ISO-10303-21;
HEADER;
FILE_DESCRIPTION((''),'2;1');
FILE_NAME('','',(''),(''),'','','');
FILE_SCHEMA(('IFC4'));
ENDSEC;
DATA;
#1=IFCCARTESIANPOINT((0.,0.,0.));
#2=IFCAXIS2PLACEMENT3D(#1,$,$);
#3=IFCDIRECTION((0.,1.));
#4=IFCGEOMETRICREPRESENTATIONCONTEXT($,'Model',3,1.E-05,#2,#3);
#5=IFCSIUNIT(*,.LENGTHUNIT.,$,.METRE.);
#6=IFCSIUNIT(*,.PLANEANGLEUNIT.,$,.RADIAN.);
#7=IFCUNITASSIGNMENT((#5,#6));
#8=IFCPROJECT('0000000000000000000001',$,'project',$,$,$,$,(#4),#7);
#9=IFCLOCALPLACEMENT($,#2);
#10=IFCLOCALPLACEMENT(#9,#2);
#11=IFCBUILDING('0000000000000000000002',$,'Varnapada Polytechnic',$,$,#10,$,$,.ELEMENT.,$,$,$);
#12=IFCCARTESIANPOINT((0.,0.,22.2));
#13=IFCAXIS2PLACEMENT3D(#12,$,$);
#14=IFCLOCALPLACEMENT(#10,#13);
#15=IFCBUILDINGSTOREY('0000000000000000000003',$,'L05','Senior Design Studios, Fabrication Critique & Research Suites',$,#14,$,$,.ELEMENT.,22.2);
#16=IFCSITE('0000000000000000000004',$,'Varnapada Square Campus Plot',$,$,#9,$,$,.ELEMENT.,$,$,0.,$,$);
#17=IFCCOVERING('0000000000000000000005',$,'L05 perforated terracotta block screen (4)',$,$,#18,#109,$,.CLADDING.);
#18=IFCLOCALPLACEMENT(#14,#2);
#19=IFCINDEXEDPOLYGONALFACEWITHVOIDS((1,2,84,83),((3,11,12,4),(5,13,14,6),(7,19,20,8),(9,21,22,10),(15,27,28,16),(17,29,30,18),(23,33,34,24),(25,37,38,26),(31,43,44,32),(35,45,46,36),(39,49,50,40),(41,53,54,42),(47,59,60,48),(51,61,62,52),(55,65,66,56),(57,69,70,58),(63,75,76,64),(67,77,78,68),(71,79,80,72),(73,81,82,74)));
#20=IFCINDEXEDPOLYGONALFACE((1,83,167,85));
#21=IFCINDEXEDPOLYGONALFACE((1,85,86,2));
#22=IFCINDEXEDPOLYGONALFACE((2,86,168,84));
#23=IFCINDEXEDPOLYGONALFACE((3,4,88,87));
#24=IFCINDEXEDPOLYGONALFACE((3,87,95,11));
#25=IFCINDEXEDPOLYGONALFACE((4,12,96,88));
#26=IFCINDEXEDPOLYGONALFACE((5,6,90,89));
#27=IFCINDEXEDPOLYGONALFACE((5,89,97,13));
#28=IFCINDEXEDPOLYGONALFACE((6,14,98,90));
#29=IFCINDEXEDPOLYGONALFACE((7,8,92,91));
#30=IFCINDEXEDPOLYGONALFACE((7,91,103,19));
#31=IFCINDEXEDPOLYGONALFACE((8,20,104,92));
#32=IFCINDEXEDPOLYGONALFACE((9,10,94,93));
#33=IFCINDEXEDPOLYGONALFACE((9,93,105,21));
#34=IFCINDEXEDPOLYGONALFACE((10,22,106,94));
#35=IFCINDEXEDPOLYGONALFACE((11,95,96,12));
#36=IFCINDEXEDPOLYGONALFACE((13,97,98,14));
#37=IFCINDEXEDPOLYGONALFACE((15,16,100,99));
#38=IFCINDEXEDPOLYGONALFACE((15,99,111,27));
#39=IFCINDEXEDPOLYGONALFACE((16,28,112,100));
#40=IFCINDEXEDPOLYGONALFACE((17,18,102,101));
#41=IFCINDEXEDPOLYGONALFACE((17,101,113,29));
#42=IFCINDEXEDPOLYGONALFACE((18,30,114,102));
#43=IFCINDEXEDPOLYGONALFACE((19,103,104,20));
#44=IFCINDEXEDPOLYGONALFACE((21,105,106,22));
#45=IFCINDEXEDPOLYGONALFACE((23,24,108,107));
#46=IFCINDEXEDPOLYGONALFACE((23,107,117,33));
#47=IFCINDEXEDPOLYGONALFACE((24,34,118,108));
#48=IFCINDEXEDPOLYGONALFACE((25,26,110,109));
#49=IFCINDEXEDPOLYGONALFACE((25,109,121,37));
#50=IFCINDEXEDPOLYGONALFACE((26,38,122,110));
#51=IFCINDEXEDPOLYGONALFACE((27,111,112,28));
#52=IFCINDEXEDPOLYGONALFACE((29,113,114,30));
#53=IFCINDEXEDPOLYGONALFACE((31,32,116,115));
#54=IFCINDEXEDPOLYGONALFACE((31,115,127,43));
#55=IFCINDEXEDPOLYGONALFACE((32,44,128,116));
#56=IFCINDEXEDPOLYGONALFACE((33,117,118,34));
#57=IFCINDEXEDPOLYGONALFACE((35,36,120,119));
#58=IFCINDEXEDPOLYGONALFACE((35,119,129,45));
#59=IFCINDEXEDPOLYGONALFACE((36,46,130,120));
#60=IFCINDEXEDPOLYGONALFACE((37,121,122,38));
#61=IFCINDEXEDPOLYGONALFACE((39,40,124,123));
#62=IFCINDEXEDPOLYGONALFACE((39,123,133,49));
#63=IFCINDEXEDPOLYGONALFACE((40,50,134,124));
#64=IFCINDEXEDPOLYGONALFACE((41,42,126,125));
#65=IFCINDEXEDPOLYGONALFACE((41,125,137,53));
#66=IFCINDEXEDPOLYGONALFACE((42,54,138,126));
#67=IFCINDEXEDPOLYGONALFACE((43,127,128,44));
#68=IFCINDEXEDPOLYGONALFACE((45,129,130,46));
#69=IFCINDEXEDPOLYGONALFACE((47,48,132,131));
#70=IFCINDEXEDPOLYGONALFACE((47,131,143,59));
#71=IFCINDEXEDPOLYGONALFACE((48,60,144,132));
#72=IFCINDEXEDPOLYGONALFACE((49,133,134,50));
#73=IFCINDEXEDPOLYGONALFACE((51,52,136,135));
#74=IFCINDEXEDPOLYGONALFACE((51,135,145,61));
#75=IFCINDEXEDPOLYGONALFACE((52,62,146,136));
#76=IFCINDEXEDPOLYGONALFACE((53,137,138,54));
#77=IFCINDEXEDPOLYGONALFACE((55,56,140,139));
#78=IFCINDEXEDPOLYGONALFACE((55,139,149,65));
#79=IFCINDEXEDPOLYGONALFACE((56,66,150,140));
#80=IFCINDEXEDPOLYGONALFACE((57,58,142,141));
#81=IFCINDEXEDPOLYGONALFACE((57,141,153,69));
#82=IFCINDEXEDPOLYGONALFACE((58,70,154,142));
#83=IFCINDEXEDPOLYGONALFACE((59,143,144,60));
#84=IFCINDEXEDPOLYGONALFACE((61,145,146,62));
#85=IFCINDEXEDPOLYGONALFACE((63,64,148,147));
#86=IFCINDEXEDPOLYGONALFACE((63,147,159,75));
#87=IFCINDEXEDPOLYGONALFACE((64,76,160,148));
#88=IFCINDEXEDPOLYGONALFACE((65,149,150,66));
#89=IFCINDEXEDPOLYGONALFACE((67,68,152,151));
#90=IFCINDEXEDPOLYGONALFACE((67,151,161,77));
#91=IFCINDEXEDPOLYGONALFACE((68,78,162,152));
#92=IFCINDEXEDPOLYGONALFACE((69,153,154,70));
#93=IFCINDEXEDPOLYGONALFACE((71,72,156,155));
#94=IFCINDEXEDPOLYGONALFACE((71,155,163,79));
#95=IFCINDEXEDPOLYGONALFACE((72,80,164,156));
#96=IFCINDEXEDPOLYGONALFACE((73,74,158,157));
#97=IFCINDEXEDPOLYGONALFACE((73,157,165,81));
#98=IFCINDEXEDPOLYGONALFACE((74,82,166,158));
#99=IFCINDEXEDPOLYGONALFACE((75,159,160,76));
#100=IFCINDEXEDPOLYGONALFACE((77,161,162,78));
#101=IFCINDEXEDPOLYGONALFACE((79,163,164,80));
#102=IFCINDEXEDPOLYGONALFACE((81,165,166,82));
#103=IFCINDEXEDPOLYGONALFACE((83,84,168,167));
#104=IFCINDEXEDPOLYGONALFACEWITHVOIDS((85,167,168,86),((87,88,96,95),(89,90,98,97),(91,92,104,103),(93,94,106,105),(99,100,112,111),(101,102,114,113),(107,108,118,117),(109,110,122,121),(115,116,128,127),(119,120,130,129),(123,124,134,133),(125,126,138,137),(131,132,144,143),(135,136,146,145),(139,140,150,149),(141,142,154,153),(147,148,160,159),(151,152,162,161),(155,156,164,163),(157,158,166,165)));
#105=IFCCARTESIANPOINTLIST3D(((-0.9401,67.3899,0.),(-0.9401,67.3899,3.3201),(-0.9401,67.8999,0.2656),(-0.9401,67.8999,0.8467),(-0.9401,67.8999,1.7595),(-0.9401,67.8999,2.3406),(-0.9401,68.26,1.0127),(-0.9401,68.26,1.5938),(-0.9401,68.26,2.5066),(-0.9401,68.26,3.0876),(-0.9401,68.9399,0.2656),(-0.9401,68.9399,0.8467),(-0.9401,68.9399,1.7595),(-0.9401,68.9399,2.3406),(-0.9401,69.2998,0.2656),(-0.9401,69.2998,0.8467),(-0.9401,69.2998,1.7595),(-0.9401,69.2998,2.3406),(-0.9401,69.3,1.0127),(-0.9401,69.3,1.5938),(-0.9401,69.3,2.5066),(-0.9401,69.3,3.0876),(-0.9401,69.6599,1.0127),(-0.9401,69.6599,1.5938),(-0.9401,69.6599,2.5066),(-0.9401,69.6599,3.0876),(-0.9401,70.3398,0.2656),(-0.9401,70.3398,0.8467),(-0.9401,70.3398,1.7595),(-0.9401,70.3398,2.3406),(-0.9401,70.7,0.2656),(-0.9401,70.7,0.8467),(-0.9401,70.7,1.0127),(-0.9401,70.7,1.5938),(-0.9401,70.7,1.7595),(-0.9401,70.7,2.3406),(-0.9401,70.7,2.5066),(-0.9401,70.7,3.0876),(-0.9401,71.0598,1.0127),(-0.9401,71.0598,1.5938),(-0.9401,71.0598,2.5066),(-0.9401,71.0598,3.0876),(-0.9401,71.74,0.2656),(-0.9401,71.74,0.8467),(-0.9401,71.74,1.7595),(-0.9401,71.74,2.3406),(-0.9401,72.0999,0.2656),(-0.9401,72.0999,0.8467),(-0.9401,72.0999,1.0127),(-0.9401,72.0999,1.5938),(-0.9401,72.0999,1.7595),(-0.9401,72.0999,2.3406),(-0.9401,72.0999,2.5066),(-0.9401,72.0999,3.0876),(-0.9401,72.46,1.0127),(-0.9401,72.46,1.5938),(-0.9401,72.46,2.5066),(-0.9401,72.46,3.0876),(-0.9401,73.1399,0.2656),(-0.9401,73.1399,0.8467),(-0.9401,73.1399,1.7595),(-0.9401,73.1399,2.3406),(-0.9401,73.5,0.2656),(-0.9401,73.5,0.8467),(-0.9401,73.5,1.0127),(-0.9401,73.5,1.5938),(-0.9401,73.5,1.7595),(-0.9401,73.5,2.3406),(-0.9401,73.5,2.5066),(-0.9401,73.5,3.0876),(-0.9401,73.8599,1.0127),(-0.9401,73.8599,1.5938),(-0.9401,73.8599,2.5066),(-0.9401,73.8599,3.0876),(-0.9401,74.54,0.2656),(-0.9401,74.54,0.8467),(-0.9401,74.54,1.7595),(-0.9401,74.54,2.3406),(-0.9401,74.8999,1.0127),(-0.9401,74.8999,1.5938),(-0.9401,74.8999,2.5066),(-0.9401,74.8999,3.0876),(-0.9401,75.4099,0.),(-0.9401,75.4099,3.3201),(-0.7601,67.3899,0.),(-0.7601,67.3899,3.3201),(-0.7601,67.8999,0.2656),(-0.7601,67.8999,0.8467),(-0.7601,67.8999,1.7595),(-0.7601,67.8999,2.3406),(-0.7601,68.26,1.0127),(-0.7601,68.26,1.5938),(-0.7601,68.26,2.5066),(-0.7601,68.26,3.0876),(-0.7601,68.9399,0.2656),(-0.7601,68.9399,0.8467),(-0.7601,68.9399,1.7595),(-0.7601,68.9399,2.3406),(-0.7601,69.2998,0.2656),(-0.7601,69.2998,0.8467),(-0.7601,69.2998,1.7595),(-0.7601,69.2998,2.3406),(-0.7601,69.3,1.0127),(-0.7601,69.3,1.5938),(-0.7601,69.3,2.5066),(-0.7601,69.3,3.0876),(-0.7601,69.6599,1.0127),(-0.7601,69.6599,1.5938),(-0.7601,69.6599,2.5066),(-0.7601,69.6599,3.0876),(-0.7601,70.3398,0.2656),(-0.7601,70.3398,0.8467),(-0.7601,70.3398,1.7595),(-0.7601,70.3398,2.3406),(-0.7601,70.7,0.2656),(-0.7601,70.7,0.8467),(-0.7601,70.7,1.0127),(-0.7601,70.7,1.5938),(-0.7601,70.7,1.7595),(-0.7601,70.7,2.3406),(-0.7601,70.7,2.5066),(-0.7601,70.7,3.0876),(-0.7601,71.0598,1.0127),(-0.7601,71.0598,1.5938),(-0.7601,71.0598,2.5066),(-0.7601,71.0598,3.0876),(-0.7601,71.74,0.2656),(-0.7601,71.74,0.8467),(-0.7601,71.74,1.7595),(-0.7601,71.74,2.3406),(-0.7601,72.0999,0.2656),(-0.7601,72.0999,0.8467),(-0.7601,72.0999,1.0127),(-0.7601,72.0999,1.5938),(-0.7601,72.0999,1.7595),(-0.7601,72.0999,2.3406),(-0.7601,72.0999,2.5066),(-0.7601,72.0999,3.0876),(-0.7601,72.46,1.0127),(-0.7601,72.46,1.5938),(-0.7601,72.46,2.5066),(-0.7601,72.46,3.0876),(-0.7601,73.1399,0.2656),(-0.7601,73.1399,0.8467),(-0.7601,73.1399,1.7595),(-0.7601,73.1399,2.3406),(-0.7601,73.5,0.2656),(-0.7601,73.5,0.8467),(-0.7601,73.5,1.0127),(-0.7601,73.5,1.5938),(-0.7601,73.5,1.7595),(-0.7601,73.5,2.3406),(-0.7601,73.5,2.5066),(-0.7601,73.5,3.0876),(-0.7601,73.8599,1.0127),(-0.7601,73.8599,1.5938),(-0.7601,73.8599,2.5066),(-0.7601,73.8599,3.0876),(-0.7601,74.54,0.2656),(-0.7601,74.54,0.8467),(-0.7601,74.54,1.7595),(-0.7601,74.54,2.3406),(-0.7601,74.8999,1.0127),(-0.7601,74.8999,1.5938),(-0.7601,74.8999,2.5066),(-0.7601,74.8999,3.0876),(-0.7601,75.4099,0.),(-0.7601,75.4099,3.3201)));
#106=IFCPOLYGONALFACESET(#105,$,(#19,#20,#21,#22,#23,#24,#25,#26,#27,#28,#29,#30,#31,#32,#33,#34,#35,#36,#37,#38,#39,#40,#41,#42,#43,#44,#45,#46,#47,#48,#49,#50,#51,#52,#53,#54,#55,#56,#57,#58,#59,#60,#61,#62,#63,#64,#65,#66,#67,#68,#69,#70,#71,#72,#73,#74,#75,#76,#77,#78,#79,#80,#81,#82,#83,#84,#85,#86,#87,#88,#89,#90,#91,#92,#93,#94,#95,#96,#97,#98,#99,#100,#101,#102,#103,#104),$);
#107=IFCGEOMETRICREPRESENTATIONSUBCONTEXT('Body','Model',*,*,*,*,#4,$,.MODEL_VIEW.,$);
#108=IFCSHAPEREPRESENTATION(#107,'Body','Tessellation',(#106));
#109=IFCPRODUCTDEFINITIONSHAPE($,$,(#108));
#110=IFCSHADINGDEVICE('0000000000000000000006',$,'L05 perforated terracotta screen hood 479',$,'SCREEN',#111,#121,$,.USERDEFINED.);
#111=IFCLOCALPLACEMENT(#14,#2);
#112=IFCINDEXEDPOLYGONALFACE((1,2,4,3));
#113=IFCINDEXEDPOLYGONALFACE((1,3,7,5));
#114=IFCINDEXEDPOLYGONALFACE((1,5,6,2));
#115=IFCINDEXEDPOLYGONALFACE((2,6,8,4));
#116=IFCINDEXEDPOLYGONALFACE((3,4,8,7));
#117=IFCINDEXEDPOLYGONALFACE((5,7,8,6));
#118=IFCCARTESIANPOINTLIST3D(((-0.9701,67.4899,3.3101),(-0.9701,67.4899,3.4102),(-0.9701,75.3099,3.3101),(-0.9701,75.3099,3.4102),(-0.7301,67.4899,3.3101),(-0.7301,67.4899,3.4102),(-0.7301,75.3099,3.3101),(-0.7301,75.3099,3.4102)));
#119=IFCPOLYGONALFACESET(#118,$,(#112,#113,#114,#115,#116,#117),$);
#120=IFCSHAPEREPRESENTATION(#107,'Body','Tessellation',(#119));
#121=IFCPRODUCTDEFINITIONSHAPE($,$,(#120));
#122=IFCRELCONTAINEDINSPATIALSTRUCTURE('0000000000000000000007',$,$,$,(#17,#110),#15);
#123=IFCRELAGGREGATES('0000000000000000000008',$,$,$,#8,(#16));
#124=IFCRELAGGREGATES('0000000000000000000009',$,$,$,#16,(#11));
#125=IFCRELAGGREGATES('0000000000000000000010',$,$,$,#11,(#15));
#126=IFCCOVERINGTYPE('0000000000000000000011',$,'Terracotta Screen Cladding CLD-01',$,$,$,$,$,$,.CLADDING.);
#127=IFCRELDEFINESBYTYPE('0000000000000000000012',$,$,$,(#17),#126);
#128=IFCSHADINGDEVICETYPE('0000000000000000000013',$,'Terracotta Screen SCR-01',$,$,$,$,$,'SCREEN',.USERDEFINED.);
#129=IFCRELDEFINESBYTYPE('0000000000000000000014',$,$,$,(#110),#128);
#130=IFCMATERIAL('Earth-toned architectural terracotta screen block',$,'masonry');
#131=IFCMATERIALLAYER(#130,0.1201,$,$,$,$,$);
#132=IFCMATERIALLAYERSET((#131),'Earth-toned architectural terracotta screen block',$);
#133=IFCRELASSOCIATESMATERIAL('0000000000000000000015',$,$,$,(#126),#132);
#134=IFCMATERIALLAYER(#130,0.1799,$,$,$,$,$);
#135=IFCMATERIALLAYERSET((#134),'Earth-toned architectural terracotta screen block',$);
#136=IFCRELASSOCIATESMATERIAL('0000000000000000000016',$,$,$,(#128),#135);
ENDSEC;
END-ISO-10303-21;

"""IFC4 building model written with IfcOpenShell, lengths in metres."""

from ifc_helpers import new_model, si_unit, direction, frame, frame_2d, origin, origin_2d, place, context, subcontext, project, spatial, rectangle, extrude, material, layer, layer_set, type_object, element, save


model = new_model("IFC4")

# Units and contexts
model_context = context("Model", 3, precision=1e-05, world=origin(), true_north=direction((0.0, 1.0)))
body_context = subcontext(model_context, "Body", "Model", "MODEL_VIEW")
ifc_project = project(units=[si_unit("LENGTHUNIT", "METRE"), si_unit("PLANEANGLEUNIT", "RADIAN")], contexts=[model_context])

# Site, building, storey
site_placement = place(None, origin())
site = spatial("IfcSite", under=ifc_project, at=site_placement, Name="Varnapada Square Campus Plot", CompositionType="ELEMENT", RefElevation=0.0)
building_placement = place(site_placement, origin())
building = spatial("IfcBuilding", under=site, at=building_placement, Name="Varnapada Polytechnic", CompositionType="ELEMENT")
storey_placement = place(building_placement, frame((0.0, 0.0, 22.2)))
storey = spatial("IfcBuildingStorey", under=building, at=storey_placement, Name="L05", Description="Senior Design Studios, Fabrication Critique & Research Suites", CompositionType="ELEMENT", Elevation=22.2)

# Covering, openings
ifc_material_1 = material(Name="Earth-toned architectural terracotta screen block", Category="masonry")
ifc_layer_1 = layer(ifc_material_1, 0.1201)
ifc_layer_set_1 = layer_set([ifc_layer_1], Name="Earth-toned architectural terracotta screen block")
covering_type_1 = type_object("IfcCoveringType", Name="Terracotta Screen Cladding CLD-01", PredefinedType="CLADDING", material=ifc_layer_set_1)
covering_1_placement = place(storey_placement, frame((-0.8501, 67.3899, 0.0), z_axis=(0.0, 0.0, 1.0), x_axis=(0.0, 1.0, 0.0)))
covering_1 = element("IfcCovering", 1, at=covering_1_placement, inside=storey, type_object=covering_type_1, Name="L05 perforated terracotta block screen (4)", PredefinedType="CLADDING", context=body_context, shape_type="SweptSolid", body=[
    extrude(rectangle(XDim=8.02, YDim=0.1799, at=frame_2d((4.01, 0.0))), origin(), (0.0, 0.0, 1.0), 3.3201),
])
opening_1_placement = place(covering_1_placement, frame((0.51, 0.0, 0.2656)))
element("IfcOpeningElement", 2, at=opening_1_placement, cuts=covering_1, PredefinedType="OPENING", context=body_context, shape_type="SweptSolid", body=[
    extrude(rectangle(XDim=1.04, YDim=0.5811, at=frame_2d((0.52, 0.2905))), frame((0.0, 0.0999, 0.0), z_axis=(0.0, -1.0, 0.0), x_axis=(1.0, 0.0, 0.0)), (0.0, 0.0, 1.0), 0.2),
])
opening_2_placement = place(covering_1_placement, frame((1.9099, 0.0, 0.2656)))
element("IfcOpeningElement", 3, at=opening_2_placement, cuts=covering_1, PredefinedType="OPENING", context=body_context, shape_type="SweptSolid", body=[
    extrude(rectangle(XDim=1.04, YDim=0.5811, at=frame_2d((0.52, 0.2905))), frame((0.0, 0.0999, 0.0), z_axis=(0.0, -1.0, 0.0), x_axis=(1.0, 0.0, 0.0)), (0.0, 0.0, 1.0), 0.2),
])
opening_3_placement = place(covering_1_placement, frame((3.3101, 0.0, 0.2656)))
element("IfcOpeningElement", 4, at=opening_3_placement, cuts=covering_1, PredefinedType="OPENING", context=body_context, shape_type="SweptSolid", body=[
    extrude(rectangle(XDim=1.04, YDim=0.5811, at=frame_2d((0.52, 0.2905))), frame((0.0, 0.0999, 0.0), z_axis=(0.0, -1.0, 0.0), x_axis=(1.0, 0.0, 0.0)), (0.0, 0.0, 1.0), 0.2),
])
opening_4_placement = place(covering_1_placement, frame((4.71, 0.0, 0.2656)))
element("IfcOpeningElement", 5, at=opening_4_placement, cuts=covering_1, PredefinedType="OPENING", context=body_context, shape_type="SweptSolid", body=[
    extrude(rectangle(XDim=1.04, YDim=0.5811, at=frame_2d((0.52, 0.2905))), frame((0.0, 0.0999, 0.0), z_axis=(0.0, -1.0, 0.0), x_axis=(1.0, 0.0, 0.0)), (0.0, 0.0, 1.0), 0.2),
])
opening_5_placement = place(covering_1_placement, frame((6.1101, 0.0, 0.2656)))
element("IfcOpeningElement", 6, at=opening_5_placement, cuts=covering_1, PredefinedType="OPENING", context=body_context, shape_type="SweptSolid", body=[
    extrude(rectangle(XDim=1.04, YDim=0.5811, at=frame_2d((0.52, 0.2905))), frame((0.0, 0.0999, 0.0), z_axis=(0.0, -1.0, 0.0), x_axis=(1.0, 0.0, 0.0)), (0.0, 0.0, 1.0), 0.2),
])
opening_6_placement = place(covering_1_placement, frame((0.8701, 0.0, 1.0127)))
element("IfcOpeningElement", 7, at=opening_6_placement, cuts=covering_1, PredefinedType="OPENING", context=body_context, shape_type="SweptSolid", body=[
    extrude(rectangle(XDim=1.04, YDim=0.5811, at=frame_2d((0.52, 0.2905))), frame((0.0, 0.0999, 0.0), z_axis=(0.0, -1.0, 0.0), x_axis=(1.0, 0.0, 0.0)), (0.0, 0.0, 1.0), 0.2),
])
opening_7_placement = place(covering_1_placement, frame((2.27, 0.0, 1.0127)))
element("IfcOpeningElement", 8, at=opening_7_placement, cuts=covering_1, PredefinedType="OPENING", context=body_context, shape_type="SweptSolid", body=[
    extrude(rectangle(XDim=1.04, YDim=0.5811, at=frame_2d((0.52, 0.2905))), frame((0.0, 0.0999, 0.0), z_axis=(0.0, -1.0, 0.0), x_axis=(1.0, 0.0, 0.0)), (0.0, 0.0, 1.0), 0.2),
])
opening_8_placement = place(covering_1_placement, frame((3.6699, 0.0, 1.0127)))
element("IfcOpeningElement", 9, at=opening_8_placement, cuts=covering_1, PredefinedType="OPENING", context=body_context, shape_type="SweptSolid", body=[
    extrude(rectangle(XDim=1.04, YDim=0.5811, at=frame_2d((0.52, 0.2905))), frame((0.0, 0.0999, 0.0), z_axis=(0.0, -1.0, 0.0), x_axis=(1.0, 0.0, 0.0)), (0.0, 0.0, 1.0), 0.2),
])
opening_9_placement = place(covering_1_placement, frame((5.0701, 0.0, 1.0127)))
element("IfcOpeningElement", 10, at=opening_9_placement, cuts=covering_1, PredefinedType="OPENING", context=body_context, shape_type="SweptSolid", body=[
    extrude(rectangle(XDim=1.04, YDim=0.5811, at=frame_2d((0.52, 0.2905))), frame((0.0, 0.0999, 0.0), z_axis=(0.0, -1.0, 0.0), x_axis=(1.0, 0.0, 0.0)), (0.0, 0.0, 1.0), 0.2),
])
opening_10_placement = place(covering_1_placement, frame((6.47, 0.0, 1.0127)))
element("IfcOpeningElement", 11, at=opening_10_placement, cuts=covering_1, PredefinedType="OPENING", context=body_context, shape_type="SweptSolid", body=[
    extrude(rectangle(XDim=1.04, YDim=0.5811, at=frame_2d((0.52, 0.2905))), frame((0.0, 0.0999, 0.0), z_axis=(0.0, -1.0, 0.0), x_axis=(1.0, 0.0, 0.0)), (0.0, 0.0, 1.0), 0.2),
])
opening_11_placement = place(covering_1_placement, frame((0.51, 0.0, 1.7595)))
element("IfcOpeningElement", 12, at=opening_11_placement, cuts=covering_1, PredefinedType="OPENING", context=body_context, shape_type="SweptSolid", body=[
    extrude(rectangle(XDim=1.04, YDim=0.5811, at=frame_2d((0.52, 0.2905))), frame((0.0, 0.0999, 0.0), z_axis=(0.0, -1.0, 0.0), x_axis=(1.0, 0.0, 0.0)), (0.0, 0.0, 1.0), 0.2),
])
opening_12_placement = place(covering_1_placement, frame((1.9099, 0.0, 1.7595)))
element("IfcOpeningElement", 13, at=opening_12_placement, cuts=covering_1, PredefinedType="OPENING", context=body_context, shape_type="SweptSolid", body=[
    extrude(rectangle(XDim=1.04, YDim=0.5811, at=frame_2d((0.52, 0.2905))), frame((0.0, 0.0999, 0.0), z_axis=(0.0, -1.0, 0.0), x_axis=(1.0, 0.0, 0.0)), (0.0, 0.0, 1.0), 0.2),
])
opening_13_placement = place(covering_1_placement, frame((3.3101, 0.0, 1.7595)))
element("IfcOpeningElement", 14, at=opening_13_placement, cuts=covering_1, PredefinedType="OPENING", context=body_context, shape_type="SweptSolid", body=[
    extrude(rectangle(XDim=1.04, YDim=0.5811, at=frame_2d((0.52, 0.2905))), frame((0.0, 0.0999, 0.0), z_axis=(0.0, -1.0, 0.0), x_axis=(1.0, 0.0, 0.0)), (0.0, 0.0, 1.0), 0.2),
])
opening_14_placement = place(covering_1_placement, frame((4.71, 0.0, 1.7595)))
element("IfcOpeningElement", 15, at=opening_14_placement, cuts=covering_1, PredefinedType="OPENING", context=body_context, shape_type="SweptSolid", body=[
    extrude(rectangle(XDim=1.04, YDim=0.5811, at=frame_2d((0.52, 0.2905))), frame((0.0, 0.0999, 0.0), z_axis=(0.0, -1.0, 0.0), x_axis=(1.0, 0.0, 0.0)), (0.0, 0.0, 1.0), 0.2),
])
opening_15_placement = place(covering_1_placement, frame((6.1101, 0.0, 1.7595)))
element("IfcOpeningElement", 16, at=opening_15_placement, cuts=covering_1, PredefinedType="OPENING", context=body_context, shape_type="SweptSolid", body=[
    extrude(rectangle(XDim=1.04, YDim=0.5811, at=frame_2d((0.52, 0.2905))), frame((0.0, 0.0999, 0.0), z_axis=(0.0, -1.0, 0.0), x_axis=(1.0, 0.0, 0.0)), (0.0, 0.0, 1.0), 0.2),
])
opening_16_placement = place(covering_1_placement, frame((0.8701, 0.0, 2.5066)))
element("IfcOpeningElement", 17, at=opening_16_placement, cuts=covering_1, PredefinedType="OPENING", context=body_context, shape_type="SweptSolid", body=[
    extrude(rectangle(XDim=1.04, YDim=0.5811, at=frame_2d((0.52, 0.2905))), frame((0.0, 0.0999, 0.0), z_axis=(0.0, -1.0, 0.0), x_axis=(1.0, 0.0, 0.0)), (0.0, 0.0, 1.0), 0.2),
])
opening_17_placement = place(covering_1_placement, frame((2.27, 0.0, 2.5066)))
element("IfcOpeningElement", 18, at=opening_17_placement, cuts=covering_1, PredefinedType="OPENING", context=body_context, shape_type="SweptSolid", body=[
    extrude(rectangle(XDim=1.04, YDim=0.5811, at=frame_2d((0.52, 0.2905))), frame((0.0, 0.0999, 0.0), z_axis=(0.0, -1.0, 0.0), x_axis=(1.0, 0.0, 0.0)), (0.0, 0.0, 1.0), 0.2),
])
opening_18_placement = place(covering_1_placement, frame((3.6699, 0.0, 2.5066)))
element("IfcOpeningElement", 19, at=opening_18_placement, cuts=covering_1, PredefinedType="OPENING", context=body_context, shape_type="SweptSolid", body=[
    extrude(rectangle(XDim=1.04, YDim=0.5811, at=frame_2d((0.52, 0.2905))), frame((0.0, 0.0999, 0.0), z_axis=(0.0, -1.0, 0.0), x_axis=(1.0, 0.0, 0.0)), (0.0, 0.0, 1.0), 0.2),
])
opening_19_placement = place(covering_1_placement, frame((5.0701, 0.0, 2.5066)))
element("IfcOpeningElement", 20, at=opening_19_placement, cuts=covering_1, PredefinedType="OPENING", context=body_context, shape_type="SweptSolid", body=[
    extrude(rectangle(XDim=1.04, YDim=0.5811, at=frame_2d((0.52, 0.2905))), frame((0.0, 0.0999, 0.0), z_axis=(0.0, -1.0, 0.0), x_axis=(1.0, 0.0, 0.0)), (0.0, 0.0, 1.0), 0.2),
])
opening_20_placement = place(covering_1_placement, frame((6.47, 0.0, 2.5066)))
element("IfcOpeningElement", 21, at=opening_20_placement, cuts=covering_1, PredefinedType="OPENING", context=body_context, shape_type="SweptSolid", body=[
    extrude(rectangle(XDim=1.04, YDim=0.5811, at=frame_2d((0.52, 0.2905))), frame((0.0, 0.0999, 0.0), z_axis=(0.0, -1.0, 0.0), x_axis=(1.0, 0.0, 0.0)), (0.0, 0.0, 1.0), 0.2),
])

# Shading device
ifc_layer_2 = layer(ifc_material_1, 0.1799)
ifc_layer_set_2 = layer_set([ifc_layer_2], Name="Earth-toned architectural terracotta screen block")
shading_device_type = type_object("IfcShadingDeviceType", Name="Terracotta Screen SCR-01", ElementType="SCREEN", PredefinedType="USERDEFINED", material=ifc_layer_set_2)
shading_device_placement = place(storey_placement, frame((-0.8501, 71.3999, 3.3101), z_axis=(0.0, 0.0, 1.0), x_axis=(0.0, 1.0, 0.0)))
element("IfcShadingDevice", 22, at=shading_device_placement, inside=storey, type_object=shading_device_type, Name="L05 perforated terracotta screen hood 479", ObjectType="SCREEN", PredefinedType="USERDEFINED", context=body_context, shape_type="SweptSolid", body=[
    extrude(rectangle(XDim=7.8201, YDim=0.24, at=origin_2d()), origin(), (0.0, 0.0, 1.0), 0.1001),
])

save(model, "model.ifc")
